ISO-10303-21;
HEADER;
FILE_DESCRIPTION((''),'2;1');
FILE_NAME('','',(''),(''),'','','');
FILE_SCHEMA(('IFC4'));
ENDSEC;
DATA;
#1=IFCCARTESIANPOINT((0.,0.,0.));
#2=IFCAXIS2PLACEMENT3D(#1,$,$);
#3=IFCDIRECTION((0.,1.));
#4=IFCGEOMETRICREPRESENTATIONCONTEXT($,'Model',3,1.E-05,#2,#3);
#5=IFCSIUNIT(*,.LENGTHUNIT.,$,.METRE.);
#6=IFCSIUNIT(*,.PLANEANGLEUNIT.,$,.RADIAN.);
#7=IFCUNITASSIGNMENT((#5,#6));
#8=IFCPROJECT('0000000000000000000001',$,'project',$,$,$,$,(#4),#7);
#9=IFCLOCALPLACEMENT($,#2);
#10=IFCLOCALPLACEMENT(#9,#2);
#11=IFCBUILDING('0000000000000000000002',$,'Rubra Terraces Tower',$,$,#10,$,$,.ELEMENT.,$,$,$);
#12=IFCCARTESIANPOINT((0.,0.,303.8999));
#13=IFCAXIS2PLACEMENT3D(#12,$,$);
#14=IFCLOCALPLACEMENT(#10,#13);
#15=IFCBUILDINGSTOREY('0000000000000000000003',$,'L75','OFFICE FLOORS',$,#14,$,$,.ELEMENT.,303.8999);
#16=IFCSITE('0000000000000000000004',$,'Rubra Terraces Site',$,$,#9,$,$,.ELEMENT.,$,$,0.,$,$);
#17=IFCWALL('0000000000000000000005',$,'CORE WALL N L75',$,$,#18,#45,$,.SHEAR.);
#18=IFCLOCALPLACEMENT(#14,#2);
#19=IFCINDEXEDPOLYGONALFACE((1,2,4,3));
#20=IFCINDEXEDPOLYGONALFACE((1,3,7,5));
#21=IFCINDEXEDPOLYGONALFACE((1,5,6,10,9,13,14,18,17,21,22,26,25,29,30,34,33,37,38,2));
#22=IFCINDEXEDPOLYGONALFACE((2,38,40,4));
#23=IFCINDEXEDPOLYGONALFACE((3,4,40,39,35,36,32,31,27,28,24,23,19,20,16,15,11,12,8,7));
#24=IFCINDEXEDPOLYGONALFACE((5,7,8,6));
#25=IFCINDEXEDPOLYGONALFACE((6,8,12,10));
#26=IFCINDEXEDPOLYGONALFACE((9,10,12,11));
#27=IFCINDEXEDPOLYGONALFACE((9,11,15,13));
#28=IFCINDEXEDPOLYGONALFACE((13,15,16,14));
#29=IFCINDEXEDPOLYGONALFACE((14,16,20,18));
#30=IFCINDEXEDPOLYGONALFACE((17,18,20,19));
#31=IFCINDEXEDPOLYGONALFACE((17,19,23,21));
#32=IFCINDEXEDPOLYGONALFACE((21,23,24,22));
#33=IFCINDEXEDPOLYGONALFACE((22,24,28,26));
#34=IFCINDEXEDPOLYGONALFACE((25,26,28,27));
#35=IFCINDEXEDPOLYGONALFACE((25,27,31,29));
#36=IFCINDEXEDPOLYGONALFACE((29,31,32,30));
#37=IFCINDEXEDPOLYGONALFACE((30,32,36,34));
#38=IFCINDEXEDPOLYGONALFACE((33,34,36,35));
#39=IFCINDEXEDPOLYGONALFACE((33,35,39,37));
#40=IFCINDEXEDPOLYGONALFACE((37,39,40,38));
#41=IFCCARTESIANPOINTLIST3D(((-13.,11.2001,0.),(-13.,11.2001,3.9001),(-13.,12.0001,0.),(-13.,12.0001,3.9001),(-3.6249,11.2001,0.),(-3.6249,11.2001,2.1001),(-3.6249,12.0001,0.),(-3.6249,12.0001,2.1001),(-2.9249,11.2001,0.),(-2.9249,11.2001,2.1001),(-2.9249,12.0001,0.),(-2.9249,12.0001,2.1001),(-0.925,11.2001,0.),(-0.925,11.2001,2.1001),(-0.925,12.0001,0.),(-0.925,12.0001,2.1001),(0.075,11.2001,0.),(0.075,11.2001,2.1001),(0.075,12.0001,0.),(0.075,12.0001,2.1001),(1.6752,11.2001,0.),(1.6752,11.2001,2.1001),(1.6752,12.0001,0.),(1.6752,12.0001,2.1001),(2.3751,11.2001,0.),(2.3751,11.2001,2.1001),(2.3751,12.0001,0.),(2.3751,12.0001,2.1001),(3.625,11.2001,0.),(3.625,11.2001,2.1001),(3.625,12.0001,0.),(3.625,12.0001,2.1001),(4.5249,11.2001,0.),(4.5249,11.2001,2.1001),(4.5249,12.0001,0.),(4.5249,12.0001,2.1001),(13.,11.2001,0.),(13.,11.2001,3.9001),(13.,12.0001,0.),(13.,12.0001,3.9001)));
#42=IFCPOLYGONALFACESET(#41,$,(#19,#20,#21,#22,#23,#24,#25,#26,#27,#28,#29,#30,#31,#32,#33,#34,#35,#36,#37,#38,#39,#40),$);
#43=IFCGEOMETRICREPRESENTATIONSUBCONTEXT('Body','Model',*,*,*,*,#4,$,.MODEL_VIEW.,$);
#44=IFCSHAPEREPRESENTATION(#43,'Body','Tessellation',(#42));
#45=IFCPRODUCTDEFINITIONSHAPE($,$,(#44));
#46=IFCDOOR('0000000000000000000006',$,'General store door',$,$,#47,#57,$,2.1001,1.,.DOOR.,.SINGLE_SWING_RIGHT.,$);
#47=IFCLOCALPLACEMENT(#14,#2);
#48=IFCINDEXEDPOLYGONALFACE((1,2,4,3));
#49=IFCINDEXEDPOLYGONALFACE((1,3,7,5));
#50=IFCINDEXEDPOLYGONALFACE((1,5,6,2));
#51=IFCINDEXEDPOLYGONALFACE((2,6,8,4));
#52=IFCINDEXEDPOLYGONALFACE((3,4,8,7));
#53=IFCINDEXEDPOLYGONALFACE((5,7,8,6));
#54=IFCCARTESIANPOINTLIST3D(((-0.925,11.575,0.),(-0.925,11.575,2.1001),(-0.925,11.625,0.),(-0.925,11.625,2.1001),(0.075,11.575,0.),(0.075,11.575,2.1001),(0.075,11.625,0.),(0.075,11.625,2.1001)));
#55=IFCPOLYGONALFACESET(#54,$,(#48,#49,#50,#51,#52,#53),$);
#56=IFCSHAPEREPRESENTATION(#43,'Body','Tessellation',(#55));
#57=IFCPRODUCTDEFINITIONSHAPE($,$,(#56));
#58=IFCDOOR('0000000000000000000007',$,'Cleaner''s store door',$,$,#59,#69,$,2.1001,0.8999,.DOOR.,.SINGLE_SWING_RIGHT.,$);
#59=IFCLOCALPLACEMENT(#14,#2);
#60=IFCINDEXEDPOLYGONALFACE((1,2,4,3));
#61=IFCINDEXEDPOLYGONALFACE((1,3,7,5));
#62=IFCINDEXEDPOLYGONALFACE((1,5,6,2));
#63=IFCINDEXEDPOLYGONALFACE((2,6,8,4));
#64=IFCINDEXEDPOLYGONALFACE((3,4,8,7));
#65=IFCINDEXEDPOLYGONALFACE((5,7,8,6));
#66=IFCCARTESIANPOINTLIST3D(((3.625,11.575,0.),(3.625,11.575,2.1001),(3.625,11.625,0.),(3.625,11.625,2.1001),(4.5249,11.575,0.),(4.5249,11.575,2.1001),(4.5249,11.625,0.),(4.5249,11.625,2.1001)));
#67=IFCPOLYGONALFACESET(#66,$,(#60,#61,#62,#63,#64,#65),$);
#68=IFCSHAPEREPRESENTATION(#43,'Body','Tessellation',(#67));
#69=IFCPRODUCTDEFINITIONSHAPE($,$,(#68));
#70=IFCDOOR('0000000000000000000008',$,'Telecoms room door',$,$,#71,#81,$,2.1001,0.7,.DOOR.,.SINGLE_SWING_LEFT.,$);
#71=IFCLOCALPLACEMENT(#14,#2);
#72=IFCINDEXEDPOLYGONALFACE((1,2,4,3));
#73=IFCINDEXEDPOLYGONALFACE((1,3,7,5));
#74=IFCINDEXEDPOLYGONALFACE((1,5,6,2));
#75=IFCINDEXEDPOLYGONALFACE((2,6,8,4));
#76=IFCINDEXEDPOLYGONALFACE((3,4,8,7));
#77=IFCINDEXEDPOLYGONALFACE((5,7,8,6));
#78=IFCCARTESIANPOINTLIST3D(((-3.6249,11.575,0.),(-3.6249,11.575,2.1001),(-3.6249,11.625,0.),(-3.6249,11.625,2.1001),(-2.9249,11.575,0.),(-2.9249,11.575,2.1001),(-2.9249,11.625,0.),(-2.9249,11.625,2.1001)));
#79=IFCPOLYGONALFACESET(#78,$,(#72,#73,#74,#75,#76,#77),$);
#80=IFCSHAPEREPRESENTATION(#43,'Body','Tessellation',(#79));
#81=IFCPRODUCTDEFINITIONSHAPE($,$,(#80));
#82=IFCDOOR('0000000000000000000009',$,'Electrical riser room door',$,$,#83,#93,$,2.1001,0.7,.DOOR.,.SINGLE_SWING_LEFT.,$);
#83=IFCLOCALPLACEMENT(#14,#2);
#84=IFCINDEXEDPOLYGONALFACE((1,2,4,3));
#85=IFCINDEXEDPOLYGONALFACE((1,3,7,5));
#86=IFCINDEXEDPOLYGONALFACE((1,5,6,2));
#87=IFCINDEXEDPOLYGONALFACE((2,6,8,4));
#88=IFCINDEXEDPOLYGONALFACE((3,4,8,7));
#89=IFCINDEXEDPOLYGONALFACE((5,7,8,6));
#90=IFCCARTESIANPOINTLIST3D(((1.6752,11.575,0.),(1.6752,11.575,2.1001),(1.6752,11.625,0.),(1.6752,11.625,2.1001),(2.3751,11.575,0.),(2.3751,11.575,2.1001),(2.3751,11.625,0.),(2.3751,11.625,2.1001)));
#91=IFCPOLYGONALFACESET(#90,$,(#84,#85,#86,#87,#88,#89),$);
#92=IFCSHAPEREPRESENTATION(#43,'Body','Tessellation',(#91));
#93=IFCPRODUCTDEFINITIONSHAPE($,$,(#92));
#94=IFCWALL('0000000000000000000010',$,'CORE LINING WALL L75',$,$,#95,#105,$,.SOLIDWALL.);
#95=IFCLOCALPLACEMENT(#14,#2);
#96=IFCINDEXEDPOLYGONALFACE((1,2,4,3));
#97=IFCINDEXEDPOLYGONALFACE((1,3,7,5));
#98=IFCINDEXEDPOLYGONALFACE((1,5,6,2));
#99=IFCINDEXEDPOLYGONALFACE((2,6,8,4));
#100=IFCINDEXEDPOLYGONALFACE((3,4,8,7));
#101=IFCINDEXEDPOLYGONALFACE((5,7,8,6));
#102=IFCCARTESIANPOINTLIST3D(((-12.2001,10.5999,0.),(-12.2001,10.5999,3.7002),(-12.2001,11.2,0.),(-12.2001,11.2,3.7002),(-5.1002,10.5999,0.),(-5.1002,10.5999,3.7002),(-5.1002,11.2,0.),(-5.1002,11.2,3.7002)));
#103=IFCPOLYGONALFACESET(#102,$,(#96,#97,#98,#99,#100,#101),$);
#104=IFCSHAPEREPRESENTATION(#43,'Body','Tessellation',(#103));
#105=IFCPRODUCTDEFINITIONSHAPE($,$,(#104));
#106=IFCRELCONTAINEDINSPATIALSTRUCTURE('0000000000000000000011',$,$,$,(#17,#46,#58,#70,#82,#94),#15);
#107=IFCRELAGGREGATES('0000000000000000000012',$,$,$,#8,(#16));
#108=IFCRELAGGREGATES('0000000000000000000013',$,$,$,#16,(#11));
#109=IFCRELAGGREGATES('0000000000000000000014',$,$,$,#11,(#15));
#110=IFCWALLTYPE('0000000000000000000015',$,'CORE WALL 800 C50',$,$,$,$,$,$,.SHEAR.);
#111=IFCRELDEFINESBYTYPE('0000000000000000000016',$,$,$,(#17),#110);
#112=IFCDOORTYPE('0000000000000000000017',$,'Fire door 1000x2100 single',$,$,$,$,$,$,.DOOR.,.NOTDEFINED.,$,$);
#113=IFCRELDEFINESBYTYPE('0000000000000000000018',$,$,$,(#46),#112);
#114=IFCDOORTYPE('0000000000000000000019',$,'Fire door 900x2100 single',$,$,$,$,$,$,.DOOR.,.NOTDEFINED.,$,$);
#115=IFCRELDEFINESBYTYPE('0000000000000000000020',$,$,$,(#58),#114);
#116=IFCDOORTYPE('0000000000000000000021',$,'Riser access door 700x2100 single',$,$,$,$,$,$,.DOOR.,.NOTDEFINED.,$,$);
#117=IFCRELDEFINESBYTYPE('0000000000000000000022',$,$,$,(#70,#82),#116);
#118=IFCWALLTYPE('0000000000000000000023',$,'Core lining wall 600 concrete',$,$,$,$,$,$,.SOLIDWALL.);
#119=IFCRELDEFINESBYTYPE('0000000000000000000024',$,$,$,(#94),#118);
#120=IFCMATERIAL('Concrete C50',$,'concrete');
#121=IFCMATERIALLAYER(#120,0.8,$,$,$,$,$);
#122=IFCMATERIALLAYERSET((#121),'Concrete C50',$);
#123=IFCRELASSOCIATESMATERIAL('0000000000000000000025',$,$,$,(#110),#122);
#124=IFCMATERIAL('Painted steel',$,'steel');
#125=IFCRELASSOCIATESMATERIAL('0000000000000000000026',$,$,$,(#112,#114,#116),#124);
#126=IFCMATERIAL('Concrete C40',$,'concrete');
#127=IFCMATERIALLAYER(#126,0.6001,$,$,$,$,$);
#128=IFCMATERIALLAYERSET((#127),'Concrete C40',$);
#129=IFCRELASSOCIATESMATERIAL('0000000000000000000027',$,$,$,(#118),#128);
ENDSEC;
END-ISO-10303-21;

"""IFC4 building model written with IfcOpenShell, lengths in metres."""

from ifc_helpers import new_model, si_unit, direction, frame, frame_2d, origin, place, context, subcontext, project, spatial, rectangle, extrude, material, layer, layer_set, type_object, element, fill, save


model = new_model("IFC4")

# Units and contexts
model_context = context("Model", 3, precision=1e-05, world=origin(), true_north=direction((0.0, 1.0)))
body_context = subcontext(model_context, "Body", "Model", "MODEL_VIEW")
ifc_project = project(units=[si_unit("LENGTHUNIT", "METRE"), si_unit("PLANEANGLEUNIT", "RADIAN")], contexts=[model_context])

# Site, building, storey
site_placement = place(None, origin())
site = spatial("IfcSite", under=ifc_project, at=site_placement, Name="Rubra Terraces Site", CompositionType="ELEMENT", RefElevation=0.0)
building_placement = place(site_placement, origin())
building = spatial("IfcBuilding", under=site, at=building_placement, Name="Rubra Terraces Tower", CompositionType="ELEMENT")
storey_placement = place(building_placement, frame((0.0, 0.0, 303.8999)))
storey = spatial("IfcBuildingStorey", under=building, at=storey_placement, Name="L75", Description="OFFICE FLOORS", CompositionType="ELEMENT", Elevation=303.8999)

# Shared definitions
ifc_material_1 = material(Name="Concrete C50", Category="concrete")

# Wall, openings, doors
ifc_layer_1 = layer(ifc_material_1, 0.8)
ifc_layer_set_1 = layer_set([ifc_layer_1], Name="Concrete C50")
wall_type_1 = type_object("IfcWallType", Name="CORE WALL 800 C50", PredefinedType="SHEAR", material=ifc_layer_set_1)
wall_1_placement = place(storey_placement, frame((-13.0, 11.6001, 0.0), z_axis=(0.0, 0.0, 1.0), x_axis=(1.0, 0.0, 0.0)))
wall_1 = element("IfcWall", 1, at=wall_1_placement, inside=storey, type_object=wall_type_1, Name="CORE WALL N L75", PredefinedType="SHEAR", context=body_context, shape_type="SweptSolid", body=[
    extrude(rectangle(XDim=26.0, YDim=0.8, at=frame_2d((13.0, 0.0))), origin(), (0.0, 0.0, 1.0), 3.9001),
])
opening_1_placement = place(wall_1_placement, frame((9.375, 0.0, 0.0)))
opening_1 = element("IfcOpeningElement", 2, at=opening_1_placement, cuts=wall_1, PredefinedType="OPENING", context=body_context, shape_type="SweptSolid", body=[
    extrude(rectangle(XDim=0.7, YDim=2.1001, at=frame_2d((0.3501, 1.05))), frame((0.0, 0.4099, 0.0), z_axis=(0.0, -1.0, 0.0), x_axis=(1.0, 0.0, 0.0)), (0.0, 0.0, 1.0), 0.8201),
])
opening_2_placement = place(wall_1_placement, frame((12.075, 0.0, 0.0)))
opening_2 = element("IfcOpeningElement", 3, at=opening_2_placement, cuts=wall_1, PredefinedType="OPENING", context=body_context, shape_type="SweptSolid", body=[
    extrude(rectangle(XDim=1.0, YDim=2.1001, at=frame_2d((0.5, 1.05))), frame((0.0, 0.4099, 0.0), z_axis=(0.0, -1.0, 0.0), x_axis=(1.0, 0.0, 0.0)), (0.0, 0.0, 1.0), 0.8201),
])
opening_3_placement = place(wall_1_placement, frame((14.675, 0.0, 0.0)))
opening_3 = element("IfcOpeningElement", 4, at=opening_3_placement, cuts=wall_1, PredefinedType="OPENING", context=body_context, shape_type="SweptSolid", body=[
    extrude(rectangle(XDim=0.7, YDim=2.1001, at=frame_2d((0.3501, 1.05))), frame((0.0, 0.4099, 0.0), z_axis=(0.0, -1.0, 0.0), x_axis=(1.0, 0.0, 0.0)), (0.0, 0.0, 1.0), 0.8201),
])
opening_4_placement = place(wall_1_placement, frame((16.625, 0.0, 0.0)))
opening_4 = element("IfcOpeningElement", 5, at=opening_4_placement, cuts=wall_1, PredefinedType="OPENING", context=body_context, shape_type="SweptSolid", body=[
    extrude(rectangle(XDim=0.8999, YDim=2.1001, at=frame_2d((0.45, 1.05))), frame((0.0, 0.4099, 0.0), z_axis=(0.0, -1.0, 0.0), x_axis=(1.0, 0.0, 0.0)), (0.0, 0.0, 1.0), 0.8201),
])
ifc_material_2 = material(Name="Painted steel", Category="steel")
door_type_1 = type_object("IfcDoorType", Name="Fire door 1000x2100 single", OperationType="NOTDEFINED", PredefinedType="DOOR", material=ifc_material_2)
door_1_placement = place(opening_2_placement, origin())
door_1 = element("IfcDoor", 6, at=door_1_placement, inside=storey, type_object=door_type_1, Name="General store door", OperationType="SINGLE_SWING_RIGHT", OverallHeight=2.1001, OverallWidth=1.0, PredefinedType="DOOR", context=body_context, shape_type="SweptSolid", body=[
    extrude(rectangle(XDim=1.0, YDim=2.1001, at=frame_2d((0.5, 1.05))), frame((0.0, 0.0249, 0.0), z_axis=(0.0, -1.0, 0.0), x_axis=(1.0, 0.0, 0.0)), (0.0, 0.0, 1.0), 0.05),
])
fill(opening_2, door_1)
door_type_2 = type_object("IfcDoorType", Name="Fire door 900x2100 single", OperationType="NOTDEFINED", PredefinedType="DOOR", material=ifc_material_2)
door_2_placement = place(opening_4_placement, origin())
door_2 = element("IfcDoor", 7, at=door_2_placement, inside=storey, type_object=door_type_2, Name="Cleaner's store door", OperationType="SINGLE_SWING_RIGHT", OverallHeight=2.1001, OverallWidth=0.8999, PredefinedType="DOOR", context=body_context, shape_type="SweptSolid", body=[
    extrude(rectangle(XDim=0.8999, YDim=2.1001, at=frame_2d((0.45, 1.05))), frame((0.0, 0.0249, 0.0), z_axis=(0.0, -1.0, 0.0), x_axis=(1.0, 0.0, 0.0)), (0.0, 0.0, 1.0), 0.05),
])
fill(opening_4, door_2)
door_type_3 = type_object("IfcDoorType", Name="Riser access door 700x2100 single", OperationType="NOTDEFINED", PredefinedType="DOOR", material=ifc_material_2)
door_3_placement = place(opening_1_placement, origin())
door_3 = element("IfcDoor", 8, at=door_3_placement, inside=storey, type_object=door_type_3, Name="Telecoms room door", OperationType="SINGLE_SWING_LEFT", OverallHeight=2.1001, OverallWidth=0.7, PredefinedType="DOOR", context=body_context, shape_type="SweptSolid", body=[
    extrude(rectangle(XDim=0.7, YDim=2.1001, at=frame_2d((0.3501, 1.05))), frame((0.0, 0.0249, 0.0), z_axis=(0.0, -1.0, 0.0), x_axis=(1.0, 0.0, 0.0)), (0.0, 0.0, 1.0), 0.05),
])
fill(opening_1, door_3)
door_4_placement = place(opening_3_placement, origin())
door_4 = element("IfcDoor", 9, at=door_4_placement, inside=storey, type_object=door_type_3, Name="Electrical riser room door", OperationType="SINGLE_SWING_LEFT", OverallHeight=2.1001, OverallWidth=0.7, PredefinedType="DOOR", context=body_context, shape_type="SweptSolid", body=[
    extrude(rectangle(XDim=0.7, YDim=2.1001, at=frame_2d((0.3501, 1.05))), frame((0.0, 0.0249, 0.0), z_axis=(0.0, -1.0, 0.0), x_axis=(1.0, 0.0, 0.0)), (0.0, 0.0, 1.0), 0.05),
])
fill(opening_3, door_4)

# Wall
ifc_material_3 = material(Name="Concrete C40", Category="concrete")
ifc_layer_2 = layer(ifc_material_3, 0.6001)
ifc_layer_set_2 = layer_set([ifc_layer_2], Name="Concrete C40")
wall_type_2 = type_object("IfcWallType", Name="Core lining wall 600 concrete", PredefinedType="SOLIDWALL", material=ifc_layer_set_2)
wall_2_placement = place(storey_placement, frame((-12.2, 10.8999, 0.0), z_axis=(0.0, 0.0, 1.0), x_axis=(1.0, 0.0, 0.0)))
element("IfcWall", 10, at=wall_2_placement, inside=storey, type_object=wall_type_2, Name="CORE LINING WALL L75", PredefinedType="SOLIDWALL", context=body_context, shape_type="SweptSolid", body=[
    extrude(rectangle(XDim=7.0999, YDim=0.6001, at=frame_2d((3.5498, 0.0))), origin(), (0.0, 0.0, 1.0), 3.7002),
])

save(model, "model.ifc")
